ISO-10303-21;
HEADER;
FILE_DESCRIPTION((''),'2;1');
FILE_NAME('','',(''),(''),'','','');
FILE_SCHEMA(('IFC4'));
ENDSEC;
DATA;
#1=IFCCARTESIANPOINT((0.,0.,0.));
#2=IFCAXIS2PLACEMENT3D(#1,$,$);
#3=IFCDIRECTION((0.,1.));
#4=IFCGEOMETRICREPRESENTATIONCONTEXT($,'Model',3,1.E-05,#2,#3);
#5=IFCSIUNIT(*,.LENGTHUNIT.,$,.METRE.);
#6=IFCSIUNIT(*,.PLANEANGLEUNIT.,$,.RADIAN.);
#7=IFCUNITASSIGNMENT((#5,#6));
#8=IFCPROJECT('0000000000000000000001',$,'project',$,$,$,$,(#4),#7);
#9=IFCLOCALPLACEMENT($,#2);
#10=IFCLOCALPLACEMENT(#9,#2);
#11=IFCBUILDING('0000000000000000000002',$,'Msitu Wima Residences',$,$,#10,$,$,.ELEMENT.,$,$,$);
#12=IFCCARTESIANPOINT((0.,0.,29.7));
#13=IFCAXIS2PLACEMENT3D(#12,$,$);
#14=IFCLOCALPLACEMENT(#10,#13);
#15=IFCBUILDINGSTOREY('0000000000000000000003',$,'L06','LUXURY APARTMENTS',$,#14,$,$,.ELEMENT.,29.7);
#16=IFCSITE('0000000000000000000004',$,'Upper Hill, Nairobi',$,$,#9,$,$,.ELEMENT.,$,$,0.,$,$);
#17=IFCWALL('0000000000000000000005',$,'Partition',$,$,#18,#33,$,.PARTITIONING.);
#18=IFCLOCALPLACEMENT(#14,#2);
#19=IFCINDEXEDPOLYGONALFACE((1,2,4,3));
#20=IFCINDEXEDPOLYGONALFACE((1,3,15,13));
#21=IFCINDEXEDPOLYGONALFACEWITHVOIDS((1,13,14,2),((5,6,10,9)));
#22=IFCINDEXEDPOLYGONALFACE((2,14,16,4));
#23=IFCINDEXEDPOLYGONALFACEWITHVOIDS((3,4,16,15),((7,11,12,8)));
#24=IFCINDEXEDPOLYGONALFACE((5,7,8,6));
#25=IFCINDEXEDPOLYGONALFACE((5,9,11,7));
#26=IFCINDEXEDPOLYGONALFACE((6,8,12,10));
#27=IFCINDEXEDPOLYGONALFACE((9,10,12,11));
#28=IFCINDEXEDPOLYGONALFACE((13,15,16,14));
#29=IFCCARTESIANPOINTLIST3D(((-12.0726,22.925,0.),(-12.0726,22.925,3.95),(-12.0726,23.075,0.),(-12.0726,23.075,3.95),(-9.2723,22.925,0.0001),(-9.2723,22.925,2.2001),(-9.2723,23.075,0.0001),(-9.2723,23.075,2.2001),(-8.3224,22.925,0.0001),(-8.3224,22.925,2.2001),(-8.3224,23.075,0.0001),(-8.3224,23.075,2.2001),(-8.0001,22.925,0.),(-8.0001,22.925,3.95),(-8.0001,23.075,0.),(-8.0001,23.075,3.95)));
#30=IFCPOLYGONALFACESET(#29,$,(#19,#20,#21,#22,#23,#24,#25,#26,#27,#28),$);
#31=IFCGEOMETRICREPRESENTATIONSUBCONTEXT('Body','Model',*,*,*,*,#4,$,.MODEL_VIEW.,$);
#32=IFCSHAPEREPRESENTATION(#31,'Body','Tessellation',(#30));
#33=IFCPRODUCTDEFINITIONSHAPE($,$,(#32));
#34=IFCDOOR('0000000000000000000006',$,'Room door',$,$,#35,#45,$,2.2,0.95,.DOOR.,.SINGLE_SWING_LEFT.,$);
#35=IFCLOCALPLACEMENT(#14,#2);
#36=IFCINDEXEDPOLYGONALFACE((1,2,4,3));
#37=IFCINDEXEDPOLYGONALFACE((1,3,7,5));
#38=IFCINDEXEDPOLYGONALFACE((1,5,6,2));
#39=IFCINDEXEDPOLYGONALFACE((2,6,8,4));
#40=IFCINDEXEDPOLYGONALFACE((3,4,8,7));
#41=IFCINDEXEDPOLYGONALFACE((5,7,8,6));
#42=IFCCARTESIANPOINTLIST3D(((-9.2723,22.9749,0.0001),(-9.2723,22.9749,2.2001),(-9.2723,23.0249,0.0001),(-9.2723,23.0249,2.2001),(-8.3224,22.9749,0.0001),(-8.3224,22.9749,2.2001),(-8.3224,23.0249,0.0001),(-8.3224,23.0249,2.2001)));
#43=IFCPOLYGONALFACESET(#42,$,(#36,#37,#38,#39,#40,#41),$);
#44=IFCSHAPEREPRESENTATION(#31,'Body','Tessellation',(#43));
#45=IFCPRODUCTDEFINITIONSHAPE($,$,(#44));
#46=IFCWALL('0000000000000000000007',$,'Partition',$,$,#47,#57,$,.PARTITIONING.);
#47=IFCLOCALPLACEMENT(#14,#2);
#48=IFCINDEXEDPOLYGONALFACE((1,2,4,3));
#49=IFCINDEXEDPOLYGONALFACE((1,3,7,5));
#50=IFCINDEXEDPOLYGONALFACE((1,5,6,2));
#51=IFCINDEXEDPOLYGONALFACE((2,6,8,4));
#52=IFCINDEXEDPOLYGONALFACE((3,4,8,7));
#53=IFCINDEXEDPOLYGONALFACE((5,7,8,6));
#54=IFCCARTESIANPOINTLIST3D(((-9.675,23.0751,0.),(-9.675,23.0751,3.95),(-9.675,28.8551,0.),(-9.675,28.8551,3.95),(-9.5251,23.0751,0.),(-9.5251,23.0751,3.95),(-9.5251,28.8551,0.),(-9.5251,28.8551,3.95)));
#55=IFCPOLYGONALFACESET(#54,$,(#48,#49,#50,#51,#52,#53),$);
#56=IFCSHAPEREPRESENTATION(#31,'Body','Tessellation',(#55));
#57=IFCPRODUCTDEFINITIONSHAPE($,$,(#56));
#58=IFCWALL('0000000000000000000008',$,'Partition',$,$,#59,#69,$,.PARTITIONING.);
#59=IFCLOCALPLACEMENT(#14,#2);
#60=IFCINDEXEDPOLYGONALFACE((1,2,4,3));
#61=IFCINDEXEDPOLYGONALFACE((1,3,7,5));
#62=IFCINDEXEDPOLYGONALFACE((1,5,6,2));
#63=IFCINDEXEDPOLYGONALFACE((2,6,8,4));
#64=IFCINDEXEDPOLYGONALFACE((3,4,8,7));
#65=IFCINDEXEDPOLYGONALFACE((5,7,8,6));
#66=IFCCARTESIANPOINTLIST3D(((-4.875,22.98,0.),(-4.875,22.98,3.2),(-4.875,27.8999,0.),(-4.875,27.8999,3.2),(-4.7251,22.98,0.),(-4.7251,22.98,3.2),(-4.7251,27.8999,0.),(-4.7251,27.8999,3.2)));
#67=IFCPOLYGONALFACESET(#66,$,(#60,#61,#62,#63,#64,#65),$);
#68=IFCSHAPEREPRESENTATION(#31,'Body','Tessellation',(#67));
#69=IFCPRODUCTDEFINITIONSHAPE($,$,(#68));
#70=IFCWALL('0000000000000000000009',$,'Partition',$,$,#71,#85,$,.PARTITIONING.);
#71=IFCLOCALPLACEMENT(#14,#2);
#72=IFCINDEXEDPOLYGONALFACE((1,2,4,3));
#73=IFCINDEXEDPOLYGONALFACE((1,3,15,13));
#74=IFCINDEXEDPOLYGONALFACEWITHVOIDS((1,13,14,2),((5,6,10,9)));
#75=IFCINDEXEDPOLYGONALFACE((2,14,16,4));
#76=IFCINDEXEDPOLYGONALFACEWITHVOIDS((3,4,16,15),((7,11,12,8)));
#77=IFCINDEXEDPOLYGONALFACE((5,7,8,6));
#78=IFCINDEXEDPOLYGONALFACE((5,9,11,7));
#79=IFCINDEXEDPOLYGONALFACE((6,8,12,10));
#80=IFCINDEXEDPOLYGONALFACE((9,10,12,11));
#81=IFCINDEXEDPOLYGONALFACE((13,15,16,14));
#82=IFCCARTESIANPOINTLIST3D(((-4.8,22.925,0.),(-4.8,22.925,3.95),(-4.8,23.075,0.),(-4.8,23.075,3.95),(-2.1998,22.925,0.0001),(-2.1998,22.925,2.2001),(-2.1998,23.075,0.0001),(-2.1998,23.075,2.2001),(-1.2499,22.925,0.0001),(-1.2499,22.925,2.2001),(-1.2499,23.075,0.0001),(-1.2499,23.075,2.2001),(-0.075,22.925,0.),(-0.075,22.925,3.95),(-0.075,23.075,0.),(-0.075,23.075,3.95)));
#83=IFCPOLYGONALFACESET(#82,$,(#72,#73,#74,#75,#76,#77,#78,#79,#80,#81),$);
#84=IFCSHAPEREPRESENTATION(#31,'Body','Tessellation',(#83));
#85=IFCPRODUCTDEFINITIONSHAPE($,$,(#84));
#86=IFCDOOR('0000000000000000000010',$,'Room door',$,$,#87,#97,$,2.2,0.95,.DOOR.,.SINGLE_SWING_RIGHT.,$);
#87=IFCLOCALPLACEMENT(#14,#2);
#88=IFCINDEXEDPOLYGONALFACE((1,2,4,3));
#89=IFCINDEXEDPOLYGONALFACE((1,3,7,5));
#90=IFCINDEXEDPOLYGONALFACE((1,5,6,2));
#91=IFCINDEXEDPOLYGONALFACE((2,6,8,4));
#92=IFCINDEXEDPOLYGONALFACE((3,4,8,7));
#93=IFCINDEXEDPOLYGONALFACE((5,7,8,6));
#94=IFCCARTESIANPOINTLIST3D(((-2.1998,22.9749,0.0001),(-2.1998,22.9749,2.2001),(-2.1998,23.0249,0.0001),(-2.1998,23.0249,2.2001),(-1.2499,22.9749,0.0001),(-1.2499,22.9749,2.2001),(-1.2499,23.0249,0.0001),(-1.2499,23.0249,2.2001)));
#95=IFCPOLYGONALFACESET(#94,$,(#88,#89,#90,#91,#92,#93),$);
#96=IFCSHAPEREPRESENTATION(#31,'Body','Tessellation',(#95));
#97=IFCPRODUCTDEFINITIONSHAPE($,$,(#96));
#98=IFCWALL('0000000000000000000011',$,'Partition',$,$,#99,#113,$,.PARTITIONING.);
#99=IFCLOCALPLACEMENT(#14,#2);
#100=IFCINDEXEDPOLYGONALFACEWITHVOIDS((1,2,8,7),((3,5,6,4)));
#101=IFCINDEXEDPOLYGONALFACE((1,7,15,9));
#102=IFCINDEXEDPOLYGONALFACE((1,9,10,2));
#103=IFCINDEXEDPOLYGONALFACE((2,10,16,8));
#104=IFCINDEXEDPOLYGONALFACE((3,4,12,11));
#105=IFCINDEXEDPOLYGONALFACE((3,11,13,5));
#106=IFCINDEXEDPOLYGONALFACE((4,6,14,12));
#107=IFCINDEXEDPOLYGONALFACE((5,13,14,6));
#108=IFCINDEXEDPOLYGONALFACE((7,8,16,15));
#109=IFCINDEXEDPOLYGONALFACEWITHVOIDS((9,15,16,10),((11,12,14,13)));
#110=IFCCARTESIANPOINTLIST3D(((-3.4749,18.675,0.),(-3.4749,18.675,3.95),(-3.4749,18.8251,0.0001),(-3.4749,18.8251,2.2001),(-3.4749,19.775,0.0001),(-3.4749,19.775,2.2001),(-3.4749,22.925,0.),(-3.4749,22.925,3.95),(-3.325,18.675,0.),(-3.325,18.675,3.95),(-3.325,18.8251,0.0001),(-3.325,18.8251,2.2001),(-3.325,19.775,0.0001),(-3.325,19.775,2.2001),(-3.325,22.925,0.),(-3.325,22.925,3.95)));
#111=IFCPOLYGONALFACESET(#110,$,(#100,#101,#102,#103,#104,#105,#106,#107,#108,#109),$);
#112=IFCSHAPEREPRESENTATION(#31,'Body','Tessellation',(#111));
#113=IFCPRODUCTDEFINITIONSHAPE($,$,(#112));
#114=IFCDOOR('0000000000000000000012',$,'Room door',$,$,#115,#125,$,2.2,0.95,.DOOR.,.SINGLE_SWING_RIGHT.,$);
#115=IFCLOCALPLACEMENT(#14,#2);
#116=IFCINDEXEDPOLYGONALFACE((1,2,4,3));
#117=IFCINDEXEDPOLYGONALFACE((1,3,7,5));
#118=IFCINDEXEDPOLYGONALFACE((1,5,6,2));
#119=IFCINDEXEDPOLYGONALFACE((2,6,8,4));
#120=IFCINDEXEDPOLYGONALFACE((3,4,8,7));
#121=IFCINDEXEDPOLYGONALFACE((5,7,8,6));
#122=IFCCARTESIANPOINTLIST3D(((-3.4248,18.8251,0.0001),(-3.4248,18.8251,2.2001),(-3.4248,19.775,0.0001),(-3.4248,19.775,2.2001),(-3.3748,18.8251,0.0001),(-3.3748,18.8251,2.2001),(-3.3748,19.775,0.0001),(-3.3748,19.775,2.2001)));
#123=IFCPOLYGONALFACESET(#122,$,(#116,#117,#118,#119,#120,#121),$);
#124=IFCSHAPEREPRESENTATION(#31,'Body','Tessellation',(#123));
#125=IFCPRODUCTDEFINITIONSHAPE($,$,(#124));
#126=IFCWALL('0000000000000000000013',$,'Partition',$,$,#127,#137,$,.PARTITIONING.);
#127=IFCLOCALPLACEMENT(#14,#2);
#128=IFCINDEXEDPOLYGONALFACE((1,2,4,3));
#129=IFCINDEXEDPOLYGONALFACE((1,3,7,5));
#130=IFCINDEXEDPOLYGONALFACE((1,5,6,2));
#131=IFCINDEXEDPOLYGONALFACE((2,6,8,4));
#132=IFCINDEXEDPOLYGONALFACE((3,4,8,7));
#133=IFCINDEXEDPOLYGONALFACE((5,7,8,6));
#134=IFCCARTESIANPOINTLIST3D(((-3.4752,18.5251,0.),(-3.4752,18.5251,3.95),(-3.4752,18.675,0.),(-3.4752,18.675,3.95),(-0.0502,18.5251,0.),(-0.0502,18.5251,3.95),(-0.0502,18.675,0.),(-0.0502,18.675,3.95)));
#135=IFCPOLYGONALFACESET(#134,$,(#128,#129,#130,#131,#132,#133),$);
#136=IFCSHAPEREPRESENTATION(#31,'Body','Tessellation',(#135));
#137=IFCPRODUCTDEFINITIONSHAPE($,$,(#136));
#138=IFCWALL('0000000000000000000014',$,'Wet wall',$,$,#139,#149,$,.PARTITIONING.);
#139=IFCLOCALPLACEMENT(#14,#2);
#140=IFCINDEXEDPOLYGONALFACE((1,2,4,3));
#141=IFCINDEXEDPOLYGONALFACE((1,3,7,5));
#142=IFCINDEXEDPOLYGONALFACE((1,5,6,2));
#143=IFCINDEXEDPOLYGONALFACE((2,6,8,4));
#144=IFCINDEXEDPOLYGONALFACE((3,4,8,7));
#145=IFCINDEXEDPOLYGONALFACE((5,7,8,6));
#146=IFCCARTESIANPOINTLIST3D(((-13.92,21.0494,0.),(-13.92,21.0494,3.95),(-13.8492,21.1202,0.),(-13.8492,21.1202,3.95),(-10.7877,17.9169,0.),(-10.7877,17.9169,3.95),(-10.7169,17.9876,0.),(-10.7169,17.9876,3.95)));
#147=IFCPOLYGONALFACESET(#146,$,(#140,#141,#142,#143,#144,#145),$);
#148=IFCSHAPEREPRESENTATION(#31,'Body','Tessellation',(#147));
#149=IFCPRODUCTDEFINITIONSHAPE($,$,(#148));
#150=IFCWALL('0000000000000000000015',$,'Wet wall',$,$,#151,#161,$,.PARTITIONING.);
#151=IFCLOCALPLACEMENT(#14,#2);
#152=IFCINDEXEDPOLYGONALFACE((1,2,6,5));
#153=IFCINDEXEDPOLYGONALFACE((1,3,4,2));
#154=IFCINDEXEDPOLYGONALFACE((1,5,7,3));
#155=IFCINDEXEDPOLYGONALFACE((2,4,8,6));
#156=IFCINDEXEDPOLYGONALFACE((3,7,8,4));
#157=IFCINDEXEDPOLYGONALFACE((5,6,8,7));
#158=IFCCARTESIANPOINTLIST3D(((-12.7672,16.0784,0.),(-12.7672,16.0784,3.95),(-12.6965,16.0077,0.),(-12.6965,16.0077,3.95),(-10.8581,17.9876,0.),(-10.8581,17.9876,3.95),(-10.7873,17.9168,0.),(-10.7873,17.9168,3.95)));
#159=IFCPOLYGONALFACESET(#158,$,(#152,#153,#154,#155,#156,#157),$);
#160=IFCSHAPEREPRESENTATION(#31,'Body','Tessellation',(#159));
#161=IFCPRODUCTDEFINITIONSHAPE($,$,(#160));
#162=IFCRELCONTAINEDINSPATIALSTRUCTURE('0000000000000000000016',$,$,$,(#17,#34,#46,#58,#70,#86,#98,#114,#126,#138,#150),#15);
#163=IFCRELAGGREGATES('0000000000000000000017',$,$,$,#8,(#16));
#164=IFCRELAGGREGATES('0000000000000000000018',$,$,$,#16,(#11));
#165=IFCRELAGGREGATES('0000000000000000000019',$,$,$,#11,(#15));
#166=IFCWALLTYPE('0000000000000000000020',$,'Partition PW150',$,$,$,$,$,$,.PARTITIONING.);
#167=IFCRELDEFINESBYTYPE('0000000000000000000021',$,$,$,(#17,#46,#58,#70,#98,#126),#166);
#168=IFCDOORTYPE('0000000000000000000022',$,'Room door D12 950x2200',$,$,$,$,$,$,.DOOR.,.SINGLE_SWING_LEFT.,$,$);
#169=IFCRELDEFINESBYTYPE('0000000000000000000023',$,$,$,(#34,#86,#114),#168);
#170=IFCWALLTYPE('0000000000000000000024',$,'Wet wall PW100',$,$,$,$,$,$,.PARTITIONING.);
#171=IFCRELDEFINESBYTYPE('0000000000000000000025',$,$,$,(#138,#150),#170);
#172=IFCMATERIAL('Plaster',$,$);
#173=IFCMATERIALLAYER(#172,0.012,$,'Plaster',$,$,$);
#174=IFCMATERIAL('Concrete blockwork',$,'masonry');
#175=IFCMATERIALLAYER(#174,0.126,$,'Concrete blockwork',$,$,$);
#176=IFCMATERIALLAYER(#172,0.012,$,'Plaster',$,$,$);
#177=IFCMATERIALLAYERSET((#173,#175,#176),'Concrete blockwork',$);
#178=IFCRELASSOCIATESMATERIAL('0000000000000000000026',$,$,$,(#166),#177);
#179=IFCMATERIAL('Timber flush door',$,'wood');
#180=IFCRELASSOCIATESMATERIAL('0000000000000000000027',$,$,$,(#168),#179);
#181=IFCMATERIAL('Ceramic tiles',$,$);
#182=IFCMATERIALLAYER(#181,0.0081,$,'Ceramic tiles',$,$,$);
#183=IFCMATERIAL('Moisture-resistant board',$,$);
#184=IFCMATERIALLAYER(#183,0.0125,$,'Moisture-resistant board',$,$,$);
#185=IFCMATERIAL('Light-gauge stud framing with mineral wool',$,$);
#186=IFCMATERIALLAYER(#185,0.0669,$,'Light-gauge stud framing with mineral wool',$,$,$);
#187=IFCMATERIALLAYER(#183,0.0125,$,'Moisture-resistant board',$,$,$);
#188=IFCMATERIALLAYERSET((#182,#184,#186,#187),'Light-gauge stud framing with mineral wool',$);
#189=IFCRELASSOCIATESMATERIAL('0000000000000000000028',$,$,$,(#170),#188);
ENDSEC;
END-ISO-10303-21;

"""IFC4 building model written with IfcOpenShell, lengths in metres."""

from ifc_helpers import new_model, si_unit, direction, frame, frame_2d, origin, place, context, subcontext, project, spatial, rectangle, extrude, material, layer, layer_set, type_object, element, fill, save


model = new_model("IFC4")

# Units and contexts
model_context = context("Model", 3, precision=1e-05, world=origin(), true_north=direction((0.0, 1.0)))
body_context = subcontext(model_context, "Body", "Model", "MODEL_VIEW")
ifc_project = project(units=[si_unit("LENGTHUNIT", "METRE"), si_unit("PLANEANGLEUNIT", "RADIAN")], contexts=[model_context])

# Site, building, storey
site_placement = place(None, origin())
site = spatial("IfcSite", under=ifc_project, at=site_placement, Name="Upper Hill, Nairobi", CompositionType="ELEMENT", RefElevation=0.0)
building_placement = place(site_placement, origin())
building = spatial("IfcBuilding", under=site, at=building_placement, Name="Msitu Wima Residences", CompositionType="ELEMENT")
storey_placement = place(building_placement, frame((0.0, 0.0, 29.7)))
storey = spatial("IfcBuildingStorey", under=building, at=storey_placement, Name="L06", Description="LUXURY APARTMENTS", CompositionType="ELEMENT", Elevation=29.7)

# Wall, opening, door
ifc_material_1 = material(Name="Plaster")
ifc_layer_1 = layer(ifc_material_1, 0.012, Name="Plaster")
ifc_material_2 = material(Name="Concrete blockwork", Category="masonry")
ifc_layer_2 = layer(ifc_material_2, 0.126, Name="Concrete blockwork")
ifc_layer_3 = layer(ifc_material_1, 0.012, Name="Plaster")
ifc_layer_set_1 = layer_set([ifc_layer_1, ifc_layer_2, ifc_layer_3], Name="Concrete blockwork")
wall_type_1 = type_object("IfcWallType", Name="Partition PW150", PredefinedType="PARTITIONING", material=ifc_layer_set_1)
ifc_material_3 = material(Name="Timber flush door", Category="wood")
door_type_1 = type_object("IfcDoorType", Name="Room door D12 950x2200", OperationType="SINGLE_SWING_LEFT", PredefinedType="DOOR", material=ifc_material_3)
wall_1_placement = place(storey_placement, frame((-12.0725, 23.0, 0.0), z_axis=(0.0, 0.0, 1.0), x_axis=(1.0, 0.0, 0.0)))
wall_1 = element("IfcWall", 1, at=wall_1_placement, inside=storey, type_object=wall_type_1, Name="Partition", PredefinedType="PARTITIONING", context=body_context, shape_type="SweptSolid", body=[
    extrude(rectangle(XDim=4.0725, YDim=0.1499, at=frame_2d((2.0361, 0.0))), origin(), (0.0, 0.0, 1.0), 3.95),
])
opening_1_placement = place(wall_1_placement, frame((2.8, 0.0, 0.0)))
opening_1 = element("IfcOpeningElement", 2, at=opening_1_placement, cuts=wall_1, PredefinedType="OPENING", context=body_context, shape_type="SweptSolid", body=[
    extrude(rectangle(XDim=0.95, YDim=2.2, at=frame_2d((0.4751, 1.1001))), frame((0.0, 0.085, 0.0), z_axis=(0.0, -1.0, 0.0), x_axis=(1.0, 0.0, 0.0)), (0.0, 0.0, 1.0), 0.1699),
])
door_1_placement = place(opening_1_placement, origin())
door_1 = element("IfcDoor", 3, at=door_1_placement, inside=storey, type_object=door_type_1, Name="Room door", OperationType="SINGLE_SWING_LEFT", OverallHeight=2.2, OverallWidth=0.95, PredefinedType="DOOR", context=body_context, shape_type="SweptSolid", body=[
    extrude(rectangle(XDim=0.95, YDim=2.2, at=frame_2d((0.4751, 1.1001))), frame((0.0, 0.0249, 0.0), z_axis=(0.0, -1.0, 0.0), x_axis=(1.0, 0.0, 0.0)), (0.0, 0.0, 1.0), 0.05),
])
fill(opening_1, door_1)

# Walls
wall_2_placement = place(storey_placement, frame((-9.6001, 23.075, 0.0), z_axis=(0.0, 0.0, 1.0), x_axis=(0.0, 1.0, 0.0)))
element("IfcWall", 4, at=wall_2_placement, inside=storey, type_object=wall_type_1, Name="Partition", PredefinedType="PARTITIONING", context=body_context, shape_type="SweptSolid", body=[
    extrude(rectangle(XDim=5.78, YDim=0.1499, at=frame_2d((2.8901, 0.0))), origin(), (0.0, 0.0, 1.0), 3.95),
])
wall_3_placement = place(storey_placement, frame((-4.8, 22.98, 0.0), z_axis=(0.0, 0.0, 1.0), x_axis=(0.0, 1.0, 0.0)))
element("IfcWall", 5, at=wall_3_placement, inside=storey, type_object=wall_type_1, Name="Partition", PredefinedType="PARTITIONING", context=body_context, shape_type="SweptSolid", body=[
    extrude(rectangle(XDim=4.9199, YDim=0.1499, at=frame_2d((2.46, 0.0))), origin(), (0.0, 0.0, 1.0), 3.2),
])

# Walls, openings, doors
wall_4_placement = place(storey_placement, frame((-4.8, 23.0, 0.0), z_axis=(0.0, 0.0, 1.0), x_axis=(1.0, 0.0, 0.0)))
wall_4 = element("IfcWall", 6, at=wall_4_placement, inside=storey, type_object=wall_type_1, Name="Partition", PredefinedType="PARTITIONING", context=body_context, shape_type="SweptSolid", body=[
    extrude(rectangle(XDim=4.7251, YDim=0.1499, at=frame_2d((2.3625, 0.0))), origin(), (0.0, 0.0, 1.0), 3.95),
])
opening_2_placement = place(wall_4_placement, frame((2.6001, 0.0, 0.0)))
opening_2 = element("IfcOpeningElement", 7, at=opening_2_placement, cuts=wall_4, PredefinedType="OPENING", context=body_context, shape_type="SweptSolid", body=[
    extrude(rectangle(XDim=0.95, YDim=2.2, at=frame_2d((0.4751, 1.1001))), frame((0.0, 0.085, 0.0), z_axis=(0.0, -1.0, 0.0), x_axis=(1.0, 0.0, 0.0)), (0.0, 0.0, 1.0), 0.1699),
])
door_2_placement = place(opening_2_placement, origin())
door_2 = element("IfcDoor", 8, at=door_2_placement, inside=storey, type_object=door_type_1, Name="Room door", OperationType="SINGLE_SWING_RIGHT", OverallHeight=2.2, OverallWidth=0.95, PredefinedType="DOOR", context=body_context, shape_type="SweptSolid", body=[
    extrude(rectangle(XDim=0.95, YDim=2.2, at=frame_2d((0.4751, 1.1001))), frame((0.0, 0.0249, 0.0), z_axis=(0.0, -1.0, 0.0), x_axis=(1.0, 0.0, 0.0)), (0.0, 0.0, 1.0), 0.05),
])
fill(opening_2, door_2)
wall_5_placement = place(storey_placement, frame((-3.3999, 18.675, 0.0), z_axis=(0.0, 0.0, 1.0), x_axis=(0.0, 1.0, 0.0)))
wall_5 = element("IfcWall", 9, at=wall_5_placement, inside=storey, type_object=wall_type_1, Name="Partition", PredefinedType="PARTITIONING", context=body_context, shape_type="SweptSolid", body=[
    extrude(rectangle(XDim=4.25, YDim=0.1499, at=frame_2d((2.125, 0.0))), origin(), (0.0, 0.0, 1.0), 3.95),
])
opening_3_placement = place(wall_5_placement, frame((0.1499, 0.0, 0.0)))
opening_3 = element("IfcOpeningElement", 10, at=opening_3_placement, cuts=wall_5, PredefinedType="OPENING", context=body_context, shape_type="SweptSolid", body=[
    extrude(rectangle(XDim=0.95, YDim=2.2, at=frame_2d((0.4751, 1.1001))), frame((0.0, 0.085, 0.0), z_axis=(0.0, -1.0, 0.0), x_axis=(1.0, 0.0, 0.0)), (0.0, 0.0, 1.0), 0.1699),
])
door_3_placement = place(opening_3_placement, origin())
door_3 = element("IfcDoor", 11, at=door_3_placement, inside=storey, type_object=door_type_1, Name="Room door", OperationType="SINGLE_SWING_RIGHT", OverallHeight=2.2, OverallWidth=0.95, PredefinedType="DOOR", context=body_context, shape_type="SweptSolid", body=[
    extrude(rectangle(XDim=0.95, YDim=2.2, at=frame_2d((0.4751, 1.1001))), frame((0.0, 0.0249, 0.0), z_axis=(0.0, -1.0, 0.0), x_axis=(1.0, 0.0, 0.0)), (0.0, 0.0, 1.0), 0.05),
])
fill(opening_3, door_3)

# Walls
wall_6_placement = place(storey_placement, frame((-3.4751, 18.6001, 0.0), z_axis=(0.0, 0.0, 1.0), x_axis=(1.0, 0.0, 0.0)))
element("IfcWall", 12, at=wall_6_placement, inside=storey, type_object=wall_type_1, Name="Partition", PredefinedType="PARTITIONING", context=body_context, shape_type="SweptSolid", body=[
    extrude(rectangle(XDim=3.425, YDim=0.1499, at=frame_2d((1.7124, 0.0))), origin(), (0.0, 0.0, 1.0), 3.95),
])
ifc_material_4 = material(Name="Ceramic tiles")
ifc_layer_4 = layer(ifc_material_4, 0.0081, Name="Ceramic tiles")
ifc_material_5 = material(Name="Moisture-resistant board")
ifc_layer_5 = layer(ifc_material_5, 0.0125, Name="Moisture-resistant board")
ifc_material_6 = material(Name="Light-gauge stud framing with mineral wool")
ifc_layer_6 = layer(ifc_material_6, 0.0669, Name="Light-gauge stud framing with mineral wool")
ifc_layer_7 = layer(ifc_material_5, 0.0125, Name="Moisture-resistant board")
ifc_layer_set_2 = layer_set([ifc_layer_4, ifc_layer_5, ifc_layer_6, ifc_layer_7], Name="Light-gauge stud framing with mineral wool")
wall_type_2 = type_object("IfcWallType", Name="Wet wall PW100", PredefinedType="PARTITIONING", material=ifc_layer_set_2)
wall_7_placement = place(storey_placement, frame((-13.8845, 21.0847, 0.0), z_axis=(0.0, 0.0, 1.0), x_axis=(0.707079, -0.707134, 0.0)))
element("IfcWall", 13, at=wall_7_placement, inside=storey, type_object=wall_type_2, Name="Wet wall", PredefinedType="PARTITIONING", context=body_context, shape_type="SweptSolid", body=[
    extrude(rectangle(XDim=4.4299, YDim=0.1001, at=frame_2d((2.2148, 0.0))), origin(), (0.0, 0.0, 1.0), 3.95),
])
wall_8_placement = place(storey_placement, frame((-12.7319, 16.043, 0.0), z_axis=(0.0, 0.0, 1.0), x_axis=(0.707107, 0.707107, 0.0)))
element("IfcWall", 14, at=wall_8_placement, inside=storey, type_object=wall_type_2, Name="Wet wall", PredefinedType="PARTITIONING", context=body_context, shape_type="SweptSolid", body=[
    extrude(rectangle(XDim=2.7, YDim=0.1001, at=frame_2d((1.3501, 0.0))), origin(), (0.0, 0.0, 1.0), 3.95),
])

save(model, "model.ifc")
